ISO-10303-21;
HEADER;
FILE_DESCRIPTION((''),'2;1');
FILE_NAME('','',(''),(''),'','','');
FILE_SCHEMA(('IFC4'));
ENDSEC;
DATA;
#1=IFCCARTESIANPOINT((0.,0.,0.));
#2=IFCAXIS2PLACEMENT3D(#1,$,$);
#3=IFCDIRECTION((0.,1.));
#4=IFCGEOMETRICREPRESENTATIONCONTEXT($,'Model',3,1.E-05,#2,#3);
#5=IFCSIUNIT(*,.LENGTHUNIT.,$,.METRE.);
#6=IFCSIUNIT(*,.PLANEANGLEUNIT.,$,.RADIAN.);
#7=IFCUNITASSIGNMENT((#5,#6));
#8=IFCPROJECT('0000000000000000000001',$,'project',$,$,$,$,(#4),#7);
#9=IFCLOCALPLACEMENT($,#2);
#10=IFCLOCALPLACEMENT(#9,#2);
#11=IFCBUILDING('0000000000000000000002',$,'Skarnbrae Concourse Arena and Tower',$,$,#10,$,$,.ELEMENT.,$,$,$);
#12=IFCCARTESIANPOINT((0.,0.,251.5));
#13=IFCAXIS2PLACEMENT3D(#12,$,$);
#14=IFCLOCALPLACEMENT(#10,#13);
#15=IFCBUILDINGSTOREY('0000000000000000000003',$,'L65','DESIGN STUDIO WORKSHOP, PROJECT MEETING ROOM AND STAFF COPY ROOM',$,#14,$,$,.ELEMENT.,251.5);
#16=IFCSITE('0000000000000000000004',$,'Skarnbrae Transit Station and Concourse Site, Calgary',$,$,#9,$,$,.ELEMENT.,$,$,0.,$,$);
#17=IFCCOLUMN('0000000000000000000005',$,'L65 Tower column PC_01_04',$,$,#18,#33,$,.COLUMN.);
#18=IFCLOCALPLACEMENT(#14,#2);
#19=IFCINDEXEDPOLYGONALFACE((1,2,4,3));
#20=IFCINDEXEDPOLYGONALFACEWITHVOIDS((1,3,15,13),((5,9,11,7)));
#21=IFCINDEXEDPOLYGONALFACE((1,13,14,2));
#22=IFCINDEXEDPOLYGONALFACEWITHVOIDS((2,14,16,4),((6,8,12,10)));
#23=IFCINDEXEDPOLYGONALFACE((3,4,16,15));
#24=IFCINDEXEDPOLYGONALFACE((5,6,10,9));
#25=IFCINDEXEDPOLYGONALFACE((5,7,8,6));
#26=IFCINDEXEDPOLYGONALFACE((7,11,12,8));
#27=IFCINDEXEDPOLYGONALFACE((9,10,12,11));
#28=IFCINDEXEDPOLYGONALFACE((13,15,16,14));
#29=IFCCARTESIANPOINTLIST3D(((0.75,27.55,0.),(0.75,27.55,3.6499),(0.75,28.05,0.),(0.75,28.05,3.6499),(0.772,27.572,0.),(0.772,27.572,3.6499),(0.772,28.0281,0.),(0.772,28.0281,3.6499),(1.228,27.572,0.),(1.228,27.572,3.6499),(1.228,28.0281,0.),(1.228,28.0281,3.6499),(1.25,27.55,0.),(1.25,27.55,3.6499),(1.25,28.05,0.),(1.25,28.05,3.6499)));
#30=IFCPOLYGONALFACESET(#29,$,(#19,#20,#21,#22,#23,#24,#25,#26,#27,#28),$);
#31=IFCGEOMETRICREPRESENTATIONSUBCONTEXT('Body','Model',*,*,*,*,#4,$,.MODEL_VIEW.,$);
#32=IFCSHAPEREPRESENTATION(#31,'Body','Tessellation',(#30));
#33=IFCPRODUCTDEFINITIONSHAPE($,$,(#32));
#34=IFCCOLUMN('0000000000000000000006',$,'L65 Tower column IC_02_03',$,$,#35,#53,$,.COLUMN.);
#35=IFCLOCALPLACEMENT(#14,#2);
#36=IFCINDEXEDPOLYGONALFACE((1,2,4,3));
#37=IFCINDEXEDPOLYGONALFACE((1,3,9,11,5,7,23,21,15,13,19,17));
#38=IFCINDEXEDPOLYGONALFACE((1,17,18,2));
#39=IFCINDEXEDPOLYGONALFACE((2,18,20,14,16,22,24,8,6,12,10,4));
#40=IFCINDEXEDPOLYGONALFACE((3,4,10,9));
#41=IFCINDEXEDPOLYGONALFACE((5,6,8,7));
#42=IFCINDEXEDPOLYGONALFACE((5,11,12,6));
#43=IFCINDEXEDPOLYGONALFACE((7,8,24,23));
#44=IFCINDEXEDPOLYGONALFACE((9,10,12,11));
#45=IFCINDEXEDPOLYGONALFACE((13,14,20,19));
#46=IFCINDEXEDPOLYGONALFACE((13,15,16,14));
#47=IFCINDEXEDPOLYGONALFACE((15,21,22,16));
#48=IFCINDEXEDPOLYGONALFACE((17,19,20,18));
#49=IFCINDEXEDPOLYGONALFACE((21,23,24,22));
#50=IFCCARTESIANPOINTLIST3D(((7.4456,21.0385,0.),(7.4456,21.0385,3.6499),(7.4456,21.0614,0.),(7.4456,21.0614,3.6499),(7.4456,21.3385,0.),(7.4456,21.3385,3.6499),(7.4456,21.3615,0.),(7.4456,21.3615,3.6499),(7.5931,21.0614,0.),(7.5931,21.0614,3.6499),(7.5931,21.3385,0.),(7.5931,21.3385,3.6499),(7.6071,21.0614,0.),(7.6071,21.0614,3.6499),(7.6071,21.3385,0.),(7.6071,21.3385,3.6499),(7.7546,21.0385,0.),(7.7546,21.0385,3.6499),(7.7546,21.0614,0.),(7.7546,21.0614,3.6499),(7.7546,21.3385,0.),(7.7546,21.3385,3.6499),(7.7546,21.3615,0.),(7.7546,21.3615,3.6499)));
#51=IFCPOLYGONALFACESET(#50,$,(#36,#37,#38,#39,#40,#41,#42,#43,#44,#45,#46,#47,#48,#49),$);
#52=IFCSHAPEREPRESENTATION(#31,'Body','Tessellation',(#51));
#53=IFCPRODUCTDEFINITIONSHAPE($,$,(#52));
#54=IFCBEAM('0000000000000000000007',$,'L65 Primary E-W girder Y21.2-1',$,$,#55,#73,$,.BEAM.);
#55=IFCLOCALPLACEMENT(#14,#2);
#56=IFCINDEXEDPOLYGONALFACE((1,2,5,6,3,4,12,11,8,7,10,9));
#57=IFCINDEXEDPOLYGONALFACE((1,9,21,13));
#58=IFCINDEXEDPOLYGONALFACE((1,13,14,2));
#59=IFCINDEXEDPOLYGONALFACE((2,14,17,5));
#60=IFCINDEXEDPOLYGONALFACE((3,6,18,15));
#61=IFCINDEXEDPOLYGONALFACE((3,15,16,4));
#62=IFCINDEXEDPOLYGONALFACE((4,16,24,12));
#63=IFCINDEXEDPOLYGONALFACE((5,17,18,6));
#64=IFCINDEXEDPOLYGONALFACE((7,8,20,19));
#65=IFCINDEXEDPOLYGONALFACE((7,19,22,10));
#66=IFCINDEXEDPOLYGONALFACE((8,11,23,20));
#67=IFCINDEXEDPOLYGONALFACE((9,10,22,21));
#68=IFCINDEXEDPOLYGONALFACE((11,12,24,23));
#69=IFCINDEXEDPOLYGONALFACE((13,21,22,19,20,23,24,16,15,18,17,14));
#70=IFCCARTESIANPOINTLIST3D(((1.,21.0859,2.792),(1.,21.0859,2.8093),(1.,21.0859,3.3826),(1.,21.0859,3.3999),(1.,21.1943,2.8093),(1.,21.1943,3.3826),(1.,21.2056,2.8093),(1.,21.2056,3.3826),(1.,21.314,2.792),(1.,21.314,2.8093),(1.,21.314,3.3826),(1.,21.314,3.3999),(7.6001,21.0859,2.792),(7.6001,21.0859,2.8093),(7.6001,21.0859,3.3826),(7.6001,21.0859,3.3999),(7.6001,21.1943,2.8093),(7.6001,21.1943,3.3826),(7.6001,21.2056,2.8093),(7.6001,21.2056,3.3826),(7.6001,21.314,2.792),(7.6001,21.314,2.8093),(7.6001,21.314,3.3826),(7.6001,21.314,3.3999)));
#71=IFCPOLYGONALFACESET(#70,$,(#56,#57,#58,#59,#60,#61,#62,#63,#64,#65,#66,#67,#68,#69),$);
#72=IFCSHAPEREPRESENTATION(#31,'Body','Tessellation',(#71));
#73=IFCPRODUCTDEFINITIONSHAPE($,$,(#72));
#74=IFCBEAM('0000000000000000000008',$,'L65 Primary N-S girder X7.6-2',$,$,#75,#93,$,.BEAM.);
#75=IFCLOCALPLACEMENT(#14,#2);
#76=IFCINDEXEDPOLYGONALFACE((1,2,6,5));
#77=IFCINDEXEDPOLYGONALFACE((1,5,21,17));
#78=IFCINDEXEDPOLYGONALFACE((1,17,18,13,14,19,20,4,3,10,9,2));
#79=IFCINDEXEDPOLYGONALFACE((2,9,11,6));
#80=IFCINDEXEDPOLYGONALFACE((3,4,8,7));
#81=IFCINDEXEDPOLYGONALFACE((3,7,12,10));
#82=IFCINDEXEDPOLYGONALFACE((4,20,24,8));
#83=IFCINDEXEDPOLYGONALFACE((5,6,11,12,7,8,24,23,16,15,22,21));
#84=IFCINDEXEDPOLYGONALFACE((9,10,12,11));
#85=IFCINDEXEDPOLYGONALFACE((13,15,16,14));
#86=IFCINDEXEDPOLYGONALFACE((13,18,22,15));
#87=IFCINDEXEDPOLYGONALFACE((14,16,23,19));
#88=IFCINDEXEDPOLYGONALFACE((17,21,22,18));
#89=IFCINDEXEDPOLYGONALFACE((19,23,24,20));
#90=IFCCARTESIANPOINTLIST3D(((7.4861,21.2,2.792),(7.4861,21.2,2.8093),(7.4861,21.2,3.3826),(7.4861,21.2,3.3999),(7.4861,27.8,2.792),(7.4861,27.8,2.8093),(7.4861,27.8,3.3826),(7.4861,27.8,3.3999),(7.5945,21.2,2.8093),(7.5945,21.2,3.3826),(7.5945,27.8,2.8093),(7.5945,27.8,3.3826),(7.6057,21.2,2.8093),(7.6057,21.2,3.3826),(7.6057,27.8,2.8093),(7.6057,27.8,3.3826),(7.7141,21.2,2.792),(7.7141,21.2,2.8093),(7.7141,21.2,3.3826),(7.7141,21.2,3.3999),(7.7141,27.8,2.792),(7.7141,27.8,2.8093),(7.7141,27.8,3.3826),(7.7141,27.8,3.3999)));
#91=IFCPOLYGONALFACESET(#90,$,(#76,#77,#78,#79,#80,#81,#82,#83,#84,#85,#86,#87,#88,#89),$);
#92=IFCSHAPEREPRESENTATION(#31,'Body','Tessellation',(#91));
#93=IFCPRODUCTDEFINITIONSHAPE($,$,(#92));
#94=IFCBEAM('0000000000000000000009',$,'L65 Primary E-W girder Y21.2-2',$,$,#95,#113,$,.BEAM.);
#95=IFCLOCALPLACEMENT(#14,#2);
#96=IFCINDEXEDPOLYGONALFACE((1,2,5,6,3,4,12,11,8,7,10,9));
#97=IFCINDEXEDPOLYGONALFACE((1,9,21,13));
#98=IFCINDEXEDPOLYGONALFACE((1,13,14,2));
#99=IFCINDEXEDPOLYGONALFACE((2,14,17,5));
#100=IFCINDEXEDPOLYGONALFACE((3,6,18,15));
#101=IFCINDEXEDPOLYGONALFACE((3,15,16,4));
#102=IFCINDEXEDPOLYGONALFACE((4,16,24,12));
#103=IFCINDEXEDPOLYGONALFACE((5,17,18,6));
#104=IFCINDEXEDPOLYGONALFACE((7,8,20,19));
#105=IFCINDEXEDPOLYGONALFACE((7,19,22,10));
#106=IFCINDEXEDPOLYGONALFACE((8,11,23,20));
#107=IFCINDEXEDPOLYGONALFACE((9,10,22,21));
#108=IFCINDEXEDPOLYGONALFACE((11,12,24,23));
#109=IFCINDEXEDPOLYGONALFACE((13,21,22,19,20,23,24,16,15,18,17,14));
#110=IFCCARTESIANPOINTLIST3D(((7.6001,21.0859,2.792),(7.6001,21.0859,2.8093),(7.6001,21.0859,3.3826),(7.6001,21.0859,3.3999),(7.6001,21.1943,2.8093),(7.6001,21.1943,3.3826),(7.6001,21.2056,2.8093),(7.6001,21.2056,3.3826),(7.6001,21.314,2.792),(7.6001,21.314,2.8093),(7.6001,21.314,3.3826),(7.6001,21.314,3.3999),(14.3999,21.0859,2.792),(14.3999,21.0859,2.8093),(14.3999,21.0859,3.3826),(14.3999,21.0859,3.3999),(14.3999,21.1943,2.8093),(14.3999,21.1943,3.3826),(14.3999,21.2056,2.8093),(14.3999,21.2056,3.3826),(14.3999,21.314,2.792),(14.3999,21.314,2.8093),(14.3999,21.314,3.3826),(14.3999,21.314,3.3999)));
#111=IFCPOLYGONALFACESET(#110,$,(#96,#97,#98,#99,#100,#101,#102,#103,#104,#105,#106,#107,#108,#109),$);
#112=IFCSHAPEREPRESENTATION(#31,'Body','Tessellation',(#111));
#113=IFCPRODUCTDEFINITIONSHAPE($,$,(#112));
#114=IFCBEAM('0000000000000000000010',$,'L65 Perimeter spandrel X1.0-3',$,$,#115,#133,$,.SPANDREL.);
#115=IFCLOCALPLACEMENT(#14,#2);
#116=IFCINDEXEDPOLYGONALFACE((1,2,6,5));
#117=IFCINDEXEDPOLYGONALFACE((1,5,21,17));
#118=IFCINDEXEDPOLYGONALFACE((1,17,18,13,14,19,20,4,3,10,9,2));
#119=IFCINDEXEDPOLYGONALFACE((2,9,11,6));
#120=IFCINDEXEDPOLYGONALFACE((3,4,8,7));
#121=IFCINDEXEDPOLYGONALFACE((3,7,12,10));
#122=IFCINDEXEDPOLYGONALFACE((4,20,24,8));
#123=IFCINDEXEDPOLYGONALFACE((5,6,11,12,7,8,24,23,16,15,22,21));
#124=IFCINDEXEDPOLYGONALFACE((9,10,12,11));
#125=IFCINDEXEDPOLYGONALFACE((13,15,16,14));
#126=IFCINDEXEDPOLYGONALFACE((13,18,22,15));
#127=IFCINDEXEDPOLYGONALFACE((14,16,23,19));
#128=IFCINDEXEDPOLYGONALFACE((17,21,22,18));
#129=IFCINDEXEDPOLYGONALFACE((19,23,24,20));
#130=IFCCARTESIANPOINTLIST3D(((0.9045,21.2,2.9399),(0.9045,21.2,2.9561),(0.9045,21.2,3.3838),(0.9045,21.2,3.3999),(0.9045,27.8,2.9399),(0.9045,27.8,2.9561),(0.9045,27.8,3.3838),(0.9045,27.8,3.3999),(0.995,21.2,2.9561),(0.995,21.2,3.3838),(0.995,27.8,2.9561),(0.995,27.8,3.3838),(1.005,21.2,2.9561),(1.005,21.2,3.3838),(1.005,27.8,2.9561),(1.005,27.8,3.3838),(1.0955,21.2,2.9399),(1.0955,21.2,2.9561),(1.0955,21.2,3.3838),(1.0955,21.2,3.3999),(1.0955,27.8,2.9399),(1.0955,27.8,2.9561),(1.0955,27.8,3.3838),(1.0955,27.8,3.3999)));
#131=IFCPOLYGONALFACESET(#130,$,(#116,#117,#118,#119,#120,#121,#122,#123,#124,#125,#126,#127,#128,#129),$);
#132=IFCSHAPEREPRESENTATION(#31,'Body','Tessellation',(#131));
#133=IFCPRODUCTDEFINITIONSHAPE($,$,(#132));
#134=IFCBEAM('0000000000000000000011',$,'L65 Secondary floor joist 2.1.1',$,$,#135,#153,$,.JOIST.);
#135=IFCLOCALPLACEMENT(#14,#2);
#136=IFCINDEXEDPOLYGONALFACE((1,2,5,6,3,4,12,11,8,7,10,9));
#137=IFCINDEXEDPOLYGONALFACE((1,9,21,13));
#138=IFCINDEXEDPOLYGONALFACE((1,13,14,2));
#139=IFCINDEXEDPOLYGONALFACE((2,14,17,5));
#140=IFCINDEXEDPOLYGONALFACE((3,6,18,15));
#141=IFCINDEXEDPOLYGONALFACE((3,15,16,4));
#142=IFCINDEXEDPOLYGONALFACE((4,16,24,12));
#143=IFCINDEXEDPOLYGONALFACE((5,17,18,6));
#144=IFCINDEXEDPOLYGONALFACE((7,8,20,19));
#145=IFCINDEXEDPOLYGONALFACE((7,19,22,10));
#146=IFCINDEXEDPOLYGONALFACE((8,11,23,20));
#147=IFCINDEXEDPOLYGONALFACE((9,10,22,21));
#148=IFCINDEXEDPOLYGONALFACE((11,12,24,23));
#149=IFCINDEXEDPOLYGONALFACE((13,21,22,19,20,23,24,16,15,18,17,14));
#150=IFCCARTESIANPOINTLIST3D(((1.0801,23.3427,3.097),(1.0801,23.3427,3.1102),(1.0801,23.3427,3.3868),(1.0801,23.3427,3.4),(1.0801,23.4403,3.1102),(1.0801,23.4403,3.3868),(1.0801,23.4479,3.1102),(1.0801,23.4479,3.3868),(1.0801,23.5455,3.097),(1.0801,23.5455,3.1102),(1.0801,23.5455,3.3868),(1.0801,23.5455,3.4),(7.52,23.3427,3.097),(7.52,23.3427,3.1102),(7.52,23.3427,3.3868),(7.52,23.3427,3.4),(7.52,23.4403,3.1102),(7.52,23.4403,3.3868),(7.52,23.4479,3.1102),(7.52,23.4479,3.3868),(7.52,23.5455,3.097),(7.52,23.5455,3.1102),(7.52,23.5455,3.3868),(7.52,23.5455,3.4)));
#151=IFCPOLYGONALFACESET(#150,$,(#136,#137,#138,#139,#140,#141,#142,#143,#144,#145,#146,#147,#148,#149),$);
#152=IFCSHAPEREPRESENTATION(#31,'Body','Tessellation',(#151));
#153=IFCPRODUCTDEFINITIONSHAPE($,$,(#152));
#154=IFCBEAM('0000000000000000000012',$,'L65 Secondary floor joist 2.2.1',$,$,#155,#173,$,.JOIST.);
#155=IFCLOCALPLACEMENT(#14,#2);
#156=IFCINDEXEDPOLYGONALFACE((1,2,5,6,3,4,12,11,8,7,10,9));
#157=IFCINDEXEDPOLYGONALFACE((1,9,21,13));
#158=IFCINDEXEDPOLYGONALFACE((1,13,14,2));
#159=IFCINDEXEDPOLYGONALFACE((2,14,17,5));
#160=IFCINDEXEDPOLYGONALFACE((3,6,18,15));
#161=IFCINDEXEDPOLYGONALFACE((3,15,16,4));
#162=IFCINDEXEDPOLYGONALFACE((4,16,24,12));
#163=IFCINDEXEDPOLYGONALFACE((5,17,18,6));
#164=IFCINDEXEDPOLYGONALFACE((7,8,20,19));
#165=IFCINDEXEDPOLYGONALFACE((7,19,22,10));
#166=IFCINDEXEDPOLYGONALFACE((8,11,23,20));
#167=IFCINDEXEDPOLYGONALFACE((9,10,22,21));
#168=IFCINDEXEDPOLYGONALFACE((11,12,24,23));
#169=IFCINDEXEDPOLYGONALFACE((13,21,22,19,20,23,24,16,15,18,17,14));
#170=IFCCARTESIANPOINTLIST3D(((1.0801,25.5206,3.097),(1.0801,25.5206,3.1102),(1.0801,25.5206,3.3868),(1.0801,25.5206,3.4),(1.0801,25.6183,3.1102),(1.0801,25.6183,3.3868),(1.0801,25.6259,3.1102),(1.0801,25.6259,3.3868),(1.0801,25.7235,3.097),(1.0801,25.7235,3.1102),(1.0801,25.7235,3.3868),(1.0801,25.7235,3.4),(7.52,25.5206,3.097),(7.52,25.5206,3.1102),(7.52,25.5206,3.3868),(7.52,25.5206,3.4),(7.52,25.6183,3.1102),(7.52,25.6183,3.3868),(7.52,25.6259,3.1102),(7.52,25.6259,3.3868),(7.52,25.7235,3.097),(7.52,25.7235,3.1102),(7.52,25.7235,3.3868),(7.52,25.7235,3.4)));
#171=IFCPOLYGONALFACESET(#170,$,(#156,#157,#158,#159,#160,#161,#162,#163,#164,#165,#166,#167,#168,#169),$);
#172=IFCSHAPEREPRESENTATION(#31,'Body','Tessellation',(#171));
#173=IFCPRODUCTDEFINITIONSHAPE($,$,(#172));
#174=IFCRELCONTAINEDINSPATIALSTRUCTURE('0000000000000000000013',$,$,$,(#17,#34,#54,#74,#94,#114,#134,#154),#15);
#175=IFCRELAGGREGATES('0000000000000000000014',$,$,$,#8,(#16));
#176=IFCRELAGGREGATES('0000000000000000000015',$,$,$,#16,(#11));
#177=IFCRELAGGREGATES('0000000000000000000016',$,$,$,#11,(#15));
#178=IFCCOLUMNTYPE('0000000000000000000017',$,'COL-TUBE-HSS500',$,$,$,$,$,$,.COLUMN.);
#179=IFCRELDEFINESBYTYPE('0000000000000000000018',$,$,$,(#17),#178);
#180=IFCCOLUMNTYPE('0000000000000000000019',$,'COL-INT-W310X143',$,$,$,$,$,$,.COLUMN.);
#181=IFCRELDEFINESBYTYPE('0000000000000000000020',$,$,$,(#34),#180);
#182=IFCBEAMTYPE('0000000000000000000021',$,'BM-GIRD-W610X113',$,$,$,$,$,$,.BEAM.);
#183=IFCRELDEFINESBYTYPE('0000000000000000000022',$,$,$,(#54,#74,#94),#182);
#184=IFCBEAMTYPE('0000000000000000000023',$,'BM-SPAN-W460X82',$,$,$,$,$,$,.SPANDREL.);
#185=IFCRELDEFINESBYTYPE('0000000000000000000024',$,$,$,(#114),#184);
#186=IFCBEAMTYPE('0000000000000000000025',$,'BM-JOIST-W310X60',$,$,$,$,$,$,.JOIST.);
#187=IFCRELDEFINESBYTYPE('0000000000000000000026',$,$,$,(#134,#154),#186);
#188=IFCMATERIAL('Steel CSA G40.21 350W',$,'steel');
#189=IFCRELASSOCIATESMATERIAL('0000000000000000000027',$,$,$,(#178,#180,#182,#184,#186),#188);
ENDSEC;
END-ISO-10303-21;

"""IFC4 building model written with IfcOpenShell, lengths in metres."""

from ifc_helpers import new_model, si_unit, direction, frame, origin, origin_2d, place, context, subcontext, project, spatial, hollow_rectangle, i_section, extrude, source, transform, mapped, material, material_profile, profile_set, type_object, element, save


model = new_model("IFC4")

# Units and contexts
model_context = context("Model", 3, precision=1e-05, world=origin(), true_north=direction((0.0, 1.0)))
body_context = subcontext(model_context, "Body", "Model", "MODEL_VIEW")
ifc_project = project(units=[si_unit("LENGTHUNIT", "METRE"), si_unit("PLANEANGLEUNIT", "RADIAN")], contexts=[model_context])

# Site, building, storey
site_placement = place(None, origin())
site = spatial("IfcSite", under=ifc_project, at=site_placement, Name="Skarnbrae Transit Station and Concourse Site, Calgary", CompositionType="ELEMENT", RefElevation=0.0)
building_placement = place(site_placement, origin())
building = spatial("IfcBuilding", under=site, at=building_placement, Name="Skarnbrae Concourse Arena and Tower", CompositionType="ELEMENT")
storey_placement = place(building_placement, frame((0.0, 0.0, 251.5)))
storey = spatial("IfcBuildingStorey", under=building, at=storey_placement, Name="L65", Description="DESIGN STUDIO WORKSHOP, PROJECT MEETING ROOM AND STAFF COPY ROOM", CompositionType="ELEMENT", Elevation=251.5)

# Columns
ifc_material_1 = material(Name="Steel CSA G40.21 350W", Category="steel")
ifc_material_profile_1 = material_profile(ifc_material_1, hollow_rectangle(XDim=0.5, YDim=0.5, WallThickness=0.022, at=origin_2d()), Name="HSS500X500X22.0")
ifc_profile_set_1 = profile_set([ifc_material_profile_1], Name="Steel CSA G40.21 350W")
column_type_1 = type_object("IfcColumnType", Name="COL-TUBE-HSS500", PredefinedType="COLUMN", material=ifc_profile_set_1)
shared_shape_1 = source(origin(), body_context, "Body", "SweptSolid", [
    extrude(hollow_rectangle(XDim=0.5, YDim=0.5, WallThickness=0.022, at=origin_2d()), origin(), (0.0, 0.0, 1.0), 3.6499),
])
column_1_placement = place(storey_placement, frame((1.0, 27.8, 0.0), z_axis=(0.0, 0.0, 1.0), x_axis=(1.0, 0.0, 0.0)))
element("IfcColumn", 1, at=column_1_placement, inside=storey, type_object=column_type_1, Name="L65 Tower column PC_01_04", PredefinedType="COLUMN", context=body_context, shape_type="MappedRepresentation", body=[
    mapped(shared_shape_1, transform((0.0, 0.0, 0.0))),
])
ifc_material_profile_2 = material_profile(ifc_material_1, i_section(OverallWidth=0.3091, OverallDepth=0.323, WebThickness=0.0139, FlangeThickness=0.0229, at=origin_2d()), Name="W310X143")
ifc_profile_set_2 = profile_set([ifc_material_profile_2], Name="Steel CSA G40.21 350W")
column_type_2 = type_object("IfcColumnType", Name="COL-INT-W310X143", PredefinedType="COLUMN", material=ifc_profile_set_2)
shared_shape_2 = source(origin(), body_context, "Body", "SweptSolid", [
    extrude(i_section(OverallWidth=0.3091, OverallDepth=0.323, WebThickness=0.0139, FlangeThickness=0.0229, at=origin_2d()), origin(), (0.0, 0.0, 1.0), 3.6499),
])
column_2_placement = place(storey_placement, frame((7.6001, 21.2, 0.0), z_axis=(0.0, 0.0, 1.0), x_axis=(1.0, 0.0, 0.0)))
element("IfcColumn", 2, at=column_2_placement, inside=storey, type_object=column_type_2, Name="L65 Tower column IC_02_03", PredefinedType="COLUMN", context=body_context, shape_type="MappedRepresentation", body=[
    mapped(shared_shape_2, transform((0.0, 0.0, 0.0))),
])

# Beams
ifc_material_profile_3 = material_profile(ifc_material_1, i_section(OverallWidth=0.228, OverallDepth=0.6079, WebThickness=0.0112, FlangeThickness=0.0173, at=origin_2d()), Name="W610X113")
ifc_profile_set_3 = profile_set([ifc_material_profile_3], Name="Steel CSA G40.21 350W")
beam_type_1 = type_object("IfcBeamType", Name="BM-GIRD-W610X113", PredefinedType="BEAM", material=ifc_profile_set_3)
shared_shape_3 = source(origin(), body_context, "Body", "SweptSolid", [
    extrude(i_section(OverallWidth=0.228, OverallDepth=0.6079, WebThickness=0.0112, FlangeThickness=0.0173, at=origin_2d()), origin(), (0.0, 0.0, 1.0), 6.6001),
])
for number, where, z_axis, x_axis, name in (
    (3, (1.0, 21.2, 3.0959), (1.0, 0.0, 0.0), (0.0, 1.0, 0.0), "L65 Primary E-W girder Y21.2-1"),
    (4, (7.6001, 21.2, 3.0959), (0.0, 1.0, 0.0), (-1.0, 0.0, 0.0), "L65 Primary N-S girder X7.6-2"),
):
    element("IfcBeam", number, at=place(storey_placement, frame(where, z_axis=z_axis, x_axis=x_axis)), inside=storey, type_object=beam_type_1, Name=name, PredefinedType="BEAM", context=body_context, shape_type="MappedRepresentation", body=[
        mapped(shared_shape_3, transform((0.0, 0.0, 0.0))),
    ])
shared_shape_4 = source(origin(), body_context, "Body", "SweptSolid", [
    extrude(i_section(OverallWidth=0.228, OverallDepth=0.6079, WebThickness=0.0112, FlangeThickness=0.0173, at=origin_2d()), origin(), (0.0, 0.0, 1.0), 6.7998),
])
beam_1_placement = place(storey_placement, frame((7.6001, 21.2, 3.0959), z_axis=(1.0, 0.0, 0.0), x_axis=(0.0, 1.0, 0.0)))
element("IfcBeam", 5, at=beam_1_placement, inside=storey, type_object=beam_type_1, Name="L65 Primary E-W girder Y21.2-2", PredefinedType="BEAM", context=body_context, shape_type="MappedRepresentation", body=[
    mapped(shared_shape_4, transform((0.0, 0.0, 0.0))),
])
ifc_material_profile_4 = material_profile(ifc_material_1, i_section(OverallWidth=0.1909, OverallDepth=0.46, WebThickness=0.01, FlangeThickness=0.0161, at=origin_2d()), Name="W460X82")
ifc_profile_set_4 = profile_set([ifc_material_profile_4], Name="Steel CSA G40.21 350W")
beam_type_2 = type_object("IfcBeamType", Name="BM-SPAN-W460X82", PredefinedType="SPANDREL", material=ifc_profile_set_4)
shared_shape_5 = source(origin(), body_context, "Body", "SweptSolid", [
    extrude(i_section(OverallWidth=0.1909, OverallDepth=0.46, WebThickness=0.01, FlangeThickness=0.0161, at=origin_2d()), origin(), (0.0, 0.0, 1.0), 6.6001),
])
beam_2_placement = place(storey_placement, frame((1.0, 21.2, 3.1699), z_axis=(0.0, 1.0, 0.0), x_axis=(-1.0, 0.0, 0.0)))
element("IfcBeam", 6, at=beam_2_placement, inside=storey, type_object=beam_type_2, Name="L65 Perimeter spandrel X1.0-3", PredefinedType="SPANDREL", context=body_context, shape_type="MappedRepresentation", body=[
    mapped(shared_shape_5, transform((0.0, 0.0, 0.0))),
])
ifc_material_profile_5 = material_profile(ifc_material_1, i_section(OverallWidth=0.2029, OverallDepth=0.303, WebThickness=0.0076, FlangeThickness=0.0132, at=origin_2d()), Name="W310X60")
ifc_profile_set_5 = profile_set([ifc_material_profile_5], Name="Steel CSA G40.21 350W")
beam_type_3 = type_object("IfcBeamType", Name="BM-JOIST-W310X60", PredefinedType="JOIST", material=ifc_profile_set_5)
shared_shape_6 = source(origin(), body_context, "Body", "SweptSolid", [
    extrude(i_section(OverallWidth=0.2029, OverallDepth=0.303, WebThickness=0.0076, FlangeThickness=0.0132, at=origin_2d()), origin(), (0.0, 0.0, 1.0), 6.4399),
])
for number, where, z_axis, x_axis, name in (
    (7, (1.0801, 23.4441, 3.2485), (1.0, 0.0, 0.0), (0.0, 1.0, 0.0), "L65 Secondary floor joist 2.1.1"),
    (8, (1.0801, 25.6221, 3.2485), (1.0, 0.0, 0.0), (0.0, 1.0, 0.0), "L65 Secondary floor joist 2.2.1"),
):
    element("IfcBeam", number, at=place(storey_placement, frame(where, z_axis=z_axis, x_axis=x_axis)), inside=storey, type_object=beam_type_3, Name=name, PredefinedType="JOIST", context=body_context, shape_type="MappedRepresentation", body=[
        mapped(shared_shape_6, transform((0.0, 0.0, 0.0))),
    ])

save(model, "model.ifc")
